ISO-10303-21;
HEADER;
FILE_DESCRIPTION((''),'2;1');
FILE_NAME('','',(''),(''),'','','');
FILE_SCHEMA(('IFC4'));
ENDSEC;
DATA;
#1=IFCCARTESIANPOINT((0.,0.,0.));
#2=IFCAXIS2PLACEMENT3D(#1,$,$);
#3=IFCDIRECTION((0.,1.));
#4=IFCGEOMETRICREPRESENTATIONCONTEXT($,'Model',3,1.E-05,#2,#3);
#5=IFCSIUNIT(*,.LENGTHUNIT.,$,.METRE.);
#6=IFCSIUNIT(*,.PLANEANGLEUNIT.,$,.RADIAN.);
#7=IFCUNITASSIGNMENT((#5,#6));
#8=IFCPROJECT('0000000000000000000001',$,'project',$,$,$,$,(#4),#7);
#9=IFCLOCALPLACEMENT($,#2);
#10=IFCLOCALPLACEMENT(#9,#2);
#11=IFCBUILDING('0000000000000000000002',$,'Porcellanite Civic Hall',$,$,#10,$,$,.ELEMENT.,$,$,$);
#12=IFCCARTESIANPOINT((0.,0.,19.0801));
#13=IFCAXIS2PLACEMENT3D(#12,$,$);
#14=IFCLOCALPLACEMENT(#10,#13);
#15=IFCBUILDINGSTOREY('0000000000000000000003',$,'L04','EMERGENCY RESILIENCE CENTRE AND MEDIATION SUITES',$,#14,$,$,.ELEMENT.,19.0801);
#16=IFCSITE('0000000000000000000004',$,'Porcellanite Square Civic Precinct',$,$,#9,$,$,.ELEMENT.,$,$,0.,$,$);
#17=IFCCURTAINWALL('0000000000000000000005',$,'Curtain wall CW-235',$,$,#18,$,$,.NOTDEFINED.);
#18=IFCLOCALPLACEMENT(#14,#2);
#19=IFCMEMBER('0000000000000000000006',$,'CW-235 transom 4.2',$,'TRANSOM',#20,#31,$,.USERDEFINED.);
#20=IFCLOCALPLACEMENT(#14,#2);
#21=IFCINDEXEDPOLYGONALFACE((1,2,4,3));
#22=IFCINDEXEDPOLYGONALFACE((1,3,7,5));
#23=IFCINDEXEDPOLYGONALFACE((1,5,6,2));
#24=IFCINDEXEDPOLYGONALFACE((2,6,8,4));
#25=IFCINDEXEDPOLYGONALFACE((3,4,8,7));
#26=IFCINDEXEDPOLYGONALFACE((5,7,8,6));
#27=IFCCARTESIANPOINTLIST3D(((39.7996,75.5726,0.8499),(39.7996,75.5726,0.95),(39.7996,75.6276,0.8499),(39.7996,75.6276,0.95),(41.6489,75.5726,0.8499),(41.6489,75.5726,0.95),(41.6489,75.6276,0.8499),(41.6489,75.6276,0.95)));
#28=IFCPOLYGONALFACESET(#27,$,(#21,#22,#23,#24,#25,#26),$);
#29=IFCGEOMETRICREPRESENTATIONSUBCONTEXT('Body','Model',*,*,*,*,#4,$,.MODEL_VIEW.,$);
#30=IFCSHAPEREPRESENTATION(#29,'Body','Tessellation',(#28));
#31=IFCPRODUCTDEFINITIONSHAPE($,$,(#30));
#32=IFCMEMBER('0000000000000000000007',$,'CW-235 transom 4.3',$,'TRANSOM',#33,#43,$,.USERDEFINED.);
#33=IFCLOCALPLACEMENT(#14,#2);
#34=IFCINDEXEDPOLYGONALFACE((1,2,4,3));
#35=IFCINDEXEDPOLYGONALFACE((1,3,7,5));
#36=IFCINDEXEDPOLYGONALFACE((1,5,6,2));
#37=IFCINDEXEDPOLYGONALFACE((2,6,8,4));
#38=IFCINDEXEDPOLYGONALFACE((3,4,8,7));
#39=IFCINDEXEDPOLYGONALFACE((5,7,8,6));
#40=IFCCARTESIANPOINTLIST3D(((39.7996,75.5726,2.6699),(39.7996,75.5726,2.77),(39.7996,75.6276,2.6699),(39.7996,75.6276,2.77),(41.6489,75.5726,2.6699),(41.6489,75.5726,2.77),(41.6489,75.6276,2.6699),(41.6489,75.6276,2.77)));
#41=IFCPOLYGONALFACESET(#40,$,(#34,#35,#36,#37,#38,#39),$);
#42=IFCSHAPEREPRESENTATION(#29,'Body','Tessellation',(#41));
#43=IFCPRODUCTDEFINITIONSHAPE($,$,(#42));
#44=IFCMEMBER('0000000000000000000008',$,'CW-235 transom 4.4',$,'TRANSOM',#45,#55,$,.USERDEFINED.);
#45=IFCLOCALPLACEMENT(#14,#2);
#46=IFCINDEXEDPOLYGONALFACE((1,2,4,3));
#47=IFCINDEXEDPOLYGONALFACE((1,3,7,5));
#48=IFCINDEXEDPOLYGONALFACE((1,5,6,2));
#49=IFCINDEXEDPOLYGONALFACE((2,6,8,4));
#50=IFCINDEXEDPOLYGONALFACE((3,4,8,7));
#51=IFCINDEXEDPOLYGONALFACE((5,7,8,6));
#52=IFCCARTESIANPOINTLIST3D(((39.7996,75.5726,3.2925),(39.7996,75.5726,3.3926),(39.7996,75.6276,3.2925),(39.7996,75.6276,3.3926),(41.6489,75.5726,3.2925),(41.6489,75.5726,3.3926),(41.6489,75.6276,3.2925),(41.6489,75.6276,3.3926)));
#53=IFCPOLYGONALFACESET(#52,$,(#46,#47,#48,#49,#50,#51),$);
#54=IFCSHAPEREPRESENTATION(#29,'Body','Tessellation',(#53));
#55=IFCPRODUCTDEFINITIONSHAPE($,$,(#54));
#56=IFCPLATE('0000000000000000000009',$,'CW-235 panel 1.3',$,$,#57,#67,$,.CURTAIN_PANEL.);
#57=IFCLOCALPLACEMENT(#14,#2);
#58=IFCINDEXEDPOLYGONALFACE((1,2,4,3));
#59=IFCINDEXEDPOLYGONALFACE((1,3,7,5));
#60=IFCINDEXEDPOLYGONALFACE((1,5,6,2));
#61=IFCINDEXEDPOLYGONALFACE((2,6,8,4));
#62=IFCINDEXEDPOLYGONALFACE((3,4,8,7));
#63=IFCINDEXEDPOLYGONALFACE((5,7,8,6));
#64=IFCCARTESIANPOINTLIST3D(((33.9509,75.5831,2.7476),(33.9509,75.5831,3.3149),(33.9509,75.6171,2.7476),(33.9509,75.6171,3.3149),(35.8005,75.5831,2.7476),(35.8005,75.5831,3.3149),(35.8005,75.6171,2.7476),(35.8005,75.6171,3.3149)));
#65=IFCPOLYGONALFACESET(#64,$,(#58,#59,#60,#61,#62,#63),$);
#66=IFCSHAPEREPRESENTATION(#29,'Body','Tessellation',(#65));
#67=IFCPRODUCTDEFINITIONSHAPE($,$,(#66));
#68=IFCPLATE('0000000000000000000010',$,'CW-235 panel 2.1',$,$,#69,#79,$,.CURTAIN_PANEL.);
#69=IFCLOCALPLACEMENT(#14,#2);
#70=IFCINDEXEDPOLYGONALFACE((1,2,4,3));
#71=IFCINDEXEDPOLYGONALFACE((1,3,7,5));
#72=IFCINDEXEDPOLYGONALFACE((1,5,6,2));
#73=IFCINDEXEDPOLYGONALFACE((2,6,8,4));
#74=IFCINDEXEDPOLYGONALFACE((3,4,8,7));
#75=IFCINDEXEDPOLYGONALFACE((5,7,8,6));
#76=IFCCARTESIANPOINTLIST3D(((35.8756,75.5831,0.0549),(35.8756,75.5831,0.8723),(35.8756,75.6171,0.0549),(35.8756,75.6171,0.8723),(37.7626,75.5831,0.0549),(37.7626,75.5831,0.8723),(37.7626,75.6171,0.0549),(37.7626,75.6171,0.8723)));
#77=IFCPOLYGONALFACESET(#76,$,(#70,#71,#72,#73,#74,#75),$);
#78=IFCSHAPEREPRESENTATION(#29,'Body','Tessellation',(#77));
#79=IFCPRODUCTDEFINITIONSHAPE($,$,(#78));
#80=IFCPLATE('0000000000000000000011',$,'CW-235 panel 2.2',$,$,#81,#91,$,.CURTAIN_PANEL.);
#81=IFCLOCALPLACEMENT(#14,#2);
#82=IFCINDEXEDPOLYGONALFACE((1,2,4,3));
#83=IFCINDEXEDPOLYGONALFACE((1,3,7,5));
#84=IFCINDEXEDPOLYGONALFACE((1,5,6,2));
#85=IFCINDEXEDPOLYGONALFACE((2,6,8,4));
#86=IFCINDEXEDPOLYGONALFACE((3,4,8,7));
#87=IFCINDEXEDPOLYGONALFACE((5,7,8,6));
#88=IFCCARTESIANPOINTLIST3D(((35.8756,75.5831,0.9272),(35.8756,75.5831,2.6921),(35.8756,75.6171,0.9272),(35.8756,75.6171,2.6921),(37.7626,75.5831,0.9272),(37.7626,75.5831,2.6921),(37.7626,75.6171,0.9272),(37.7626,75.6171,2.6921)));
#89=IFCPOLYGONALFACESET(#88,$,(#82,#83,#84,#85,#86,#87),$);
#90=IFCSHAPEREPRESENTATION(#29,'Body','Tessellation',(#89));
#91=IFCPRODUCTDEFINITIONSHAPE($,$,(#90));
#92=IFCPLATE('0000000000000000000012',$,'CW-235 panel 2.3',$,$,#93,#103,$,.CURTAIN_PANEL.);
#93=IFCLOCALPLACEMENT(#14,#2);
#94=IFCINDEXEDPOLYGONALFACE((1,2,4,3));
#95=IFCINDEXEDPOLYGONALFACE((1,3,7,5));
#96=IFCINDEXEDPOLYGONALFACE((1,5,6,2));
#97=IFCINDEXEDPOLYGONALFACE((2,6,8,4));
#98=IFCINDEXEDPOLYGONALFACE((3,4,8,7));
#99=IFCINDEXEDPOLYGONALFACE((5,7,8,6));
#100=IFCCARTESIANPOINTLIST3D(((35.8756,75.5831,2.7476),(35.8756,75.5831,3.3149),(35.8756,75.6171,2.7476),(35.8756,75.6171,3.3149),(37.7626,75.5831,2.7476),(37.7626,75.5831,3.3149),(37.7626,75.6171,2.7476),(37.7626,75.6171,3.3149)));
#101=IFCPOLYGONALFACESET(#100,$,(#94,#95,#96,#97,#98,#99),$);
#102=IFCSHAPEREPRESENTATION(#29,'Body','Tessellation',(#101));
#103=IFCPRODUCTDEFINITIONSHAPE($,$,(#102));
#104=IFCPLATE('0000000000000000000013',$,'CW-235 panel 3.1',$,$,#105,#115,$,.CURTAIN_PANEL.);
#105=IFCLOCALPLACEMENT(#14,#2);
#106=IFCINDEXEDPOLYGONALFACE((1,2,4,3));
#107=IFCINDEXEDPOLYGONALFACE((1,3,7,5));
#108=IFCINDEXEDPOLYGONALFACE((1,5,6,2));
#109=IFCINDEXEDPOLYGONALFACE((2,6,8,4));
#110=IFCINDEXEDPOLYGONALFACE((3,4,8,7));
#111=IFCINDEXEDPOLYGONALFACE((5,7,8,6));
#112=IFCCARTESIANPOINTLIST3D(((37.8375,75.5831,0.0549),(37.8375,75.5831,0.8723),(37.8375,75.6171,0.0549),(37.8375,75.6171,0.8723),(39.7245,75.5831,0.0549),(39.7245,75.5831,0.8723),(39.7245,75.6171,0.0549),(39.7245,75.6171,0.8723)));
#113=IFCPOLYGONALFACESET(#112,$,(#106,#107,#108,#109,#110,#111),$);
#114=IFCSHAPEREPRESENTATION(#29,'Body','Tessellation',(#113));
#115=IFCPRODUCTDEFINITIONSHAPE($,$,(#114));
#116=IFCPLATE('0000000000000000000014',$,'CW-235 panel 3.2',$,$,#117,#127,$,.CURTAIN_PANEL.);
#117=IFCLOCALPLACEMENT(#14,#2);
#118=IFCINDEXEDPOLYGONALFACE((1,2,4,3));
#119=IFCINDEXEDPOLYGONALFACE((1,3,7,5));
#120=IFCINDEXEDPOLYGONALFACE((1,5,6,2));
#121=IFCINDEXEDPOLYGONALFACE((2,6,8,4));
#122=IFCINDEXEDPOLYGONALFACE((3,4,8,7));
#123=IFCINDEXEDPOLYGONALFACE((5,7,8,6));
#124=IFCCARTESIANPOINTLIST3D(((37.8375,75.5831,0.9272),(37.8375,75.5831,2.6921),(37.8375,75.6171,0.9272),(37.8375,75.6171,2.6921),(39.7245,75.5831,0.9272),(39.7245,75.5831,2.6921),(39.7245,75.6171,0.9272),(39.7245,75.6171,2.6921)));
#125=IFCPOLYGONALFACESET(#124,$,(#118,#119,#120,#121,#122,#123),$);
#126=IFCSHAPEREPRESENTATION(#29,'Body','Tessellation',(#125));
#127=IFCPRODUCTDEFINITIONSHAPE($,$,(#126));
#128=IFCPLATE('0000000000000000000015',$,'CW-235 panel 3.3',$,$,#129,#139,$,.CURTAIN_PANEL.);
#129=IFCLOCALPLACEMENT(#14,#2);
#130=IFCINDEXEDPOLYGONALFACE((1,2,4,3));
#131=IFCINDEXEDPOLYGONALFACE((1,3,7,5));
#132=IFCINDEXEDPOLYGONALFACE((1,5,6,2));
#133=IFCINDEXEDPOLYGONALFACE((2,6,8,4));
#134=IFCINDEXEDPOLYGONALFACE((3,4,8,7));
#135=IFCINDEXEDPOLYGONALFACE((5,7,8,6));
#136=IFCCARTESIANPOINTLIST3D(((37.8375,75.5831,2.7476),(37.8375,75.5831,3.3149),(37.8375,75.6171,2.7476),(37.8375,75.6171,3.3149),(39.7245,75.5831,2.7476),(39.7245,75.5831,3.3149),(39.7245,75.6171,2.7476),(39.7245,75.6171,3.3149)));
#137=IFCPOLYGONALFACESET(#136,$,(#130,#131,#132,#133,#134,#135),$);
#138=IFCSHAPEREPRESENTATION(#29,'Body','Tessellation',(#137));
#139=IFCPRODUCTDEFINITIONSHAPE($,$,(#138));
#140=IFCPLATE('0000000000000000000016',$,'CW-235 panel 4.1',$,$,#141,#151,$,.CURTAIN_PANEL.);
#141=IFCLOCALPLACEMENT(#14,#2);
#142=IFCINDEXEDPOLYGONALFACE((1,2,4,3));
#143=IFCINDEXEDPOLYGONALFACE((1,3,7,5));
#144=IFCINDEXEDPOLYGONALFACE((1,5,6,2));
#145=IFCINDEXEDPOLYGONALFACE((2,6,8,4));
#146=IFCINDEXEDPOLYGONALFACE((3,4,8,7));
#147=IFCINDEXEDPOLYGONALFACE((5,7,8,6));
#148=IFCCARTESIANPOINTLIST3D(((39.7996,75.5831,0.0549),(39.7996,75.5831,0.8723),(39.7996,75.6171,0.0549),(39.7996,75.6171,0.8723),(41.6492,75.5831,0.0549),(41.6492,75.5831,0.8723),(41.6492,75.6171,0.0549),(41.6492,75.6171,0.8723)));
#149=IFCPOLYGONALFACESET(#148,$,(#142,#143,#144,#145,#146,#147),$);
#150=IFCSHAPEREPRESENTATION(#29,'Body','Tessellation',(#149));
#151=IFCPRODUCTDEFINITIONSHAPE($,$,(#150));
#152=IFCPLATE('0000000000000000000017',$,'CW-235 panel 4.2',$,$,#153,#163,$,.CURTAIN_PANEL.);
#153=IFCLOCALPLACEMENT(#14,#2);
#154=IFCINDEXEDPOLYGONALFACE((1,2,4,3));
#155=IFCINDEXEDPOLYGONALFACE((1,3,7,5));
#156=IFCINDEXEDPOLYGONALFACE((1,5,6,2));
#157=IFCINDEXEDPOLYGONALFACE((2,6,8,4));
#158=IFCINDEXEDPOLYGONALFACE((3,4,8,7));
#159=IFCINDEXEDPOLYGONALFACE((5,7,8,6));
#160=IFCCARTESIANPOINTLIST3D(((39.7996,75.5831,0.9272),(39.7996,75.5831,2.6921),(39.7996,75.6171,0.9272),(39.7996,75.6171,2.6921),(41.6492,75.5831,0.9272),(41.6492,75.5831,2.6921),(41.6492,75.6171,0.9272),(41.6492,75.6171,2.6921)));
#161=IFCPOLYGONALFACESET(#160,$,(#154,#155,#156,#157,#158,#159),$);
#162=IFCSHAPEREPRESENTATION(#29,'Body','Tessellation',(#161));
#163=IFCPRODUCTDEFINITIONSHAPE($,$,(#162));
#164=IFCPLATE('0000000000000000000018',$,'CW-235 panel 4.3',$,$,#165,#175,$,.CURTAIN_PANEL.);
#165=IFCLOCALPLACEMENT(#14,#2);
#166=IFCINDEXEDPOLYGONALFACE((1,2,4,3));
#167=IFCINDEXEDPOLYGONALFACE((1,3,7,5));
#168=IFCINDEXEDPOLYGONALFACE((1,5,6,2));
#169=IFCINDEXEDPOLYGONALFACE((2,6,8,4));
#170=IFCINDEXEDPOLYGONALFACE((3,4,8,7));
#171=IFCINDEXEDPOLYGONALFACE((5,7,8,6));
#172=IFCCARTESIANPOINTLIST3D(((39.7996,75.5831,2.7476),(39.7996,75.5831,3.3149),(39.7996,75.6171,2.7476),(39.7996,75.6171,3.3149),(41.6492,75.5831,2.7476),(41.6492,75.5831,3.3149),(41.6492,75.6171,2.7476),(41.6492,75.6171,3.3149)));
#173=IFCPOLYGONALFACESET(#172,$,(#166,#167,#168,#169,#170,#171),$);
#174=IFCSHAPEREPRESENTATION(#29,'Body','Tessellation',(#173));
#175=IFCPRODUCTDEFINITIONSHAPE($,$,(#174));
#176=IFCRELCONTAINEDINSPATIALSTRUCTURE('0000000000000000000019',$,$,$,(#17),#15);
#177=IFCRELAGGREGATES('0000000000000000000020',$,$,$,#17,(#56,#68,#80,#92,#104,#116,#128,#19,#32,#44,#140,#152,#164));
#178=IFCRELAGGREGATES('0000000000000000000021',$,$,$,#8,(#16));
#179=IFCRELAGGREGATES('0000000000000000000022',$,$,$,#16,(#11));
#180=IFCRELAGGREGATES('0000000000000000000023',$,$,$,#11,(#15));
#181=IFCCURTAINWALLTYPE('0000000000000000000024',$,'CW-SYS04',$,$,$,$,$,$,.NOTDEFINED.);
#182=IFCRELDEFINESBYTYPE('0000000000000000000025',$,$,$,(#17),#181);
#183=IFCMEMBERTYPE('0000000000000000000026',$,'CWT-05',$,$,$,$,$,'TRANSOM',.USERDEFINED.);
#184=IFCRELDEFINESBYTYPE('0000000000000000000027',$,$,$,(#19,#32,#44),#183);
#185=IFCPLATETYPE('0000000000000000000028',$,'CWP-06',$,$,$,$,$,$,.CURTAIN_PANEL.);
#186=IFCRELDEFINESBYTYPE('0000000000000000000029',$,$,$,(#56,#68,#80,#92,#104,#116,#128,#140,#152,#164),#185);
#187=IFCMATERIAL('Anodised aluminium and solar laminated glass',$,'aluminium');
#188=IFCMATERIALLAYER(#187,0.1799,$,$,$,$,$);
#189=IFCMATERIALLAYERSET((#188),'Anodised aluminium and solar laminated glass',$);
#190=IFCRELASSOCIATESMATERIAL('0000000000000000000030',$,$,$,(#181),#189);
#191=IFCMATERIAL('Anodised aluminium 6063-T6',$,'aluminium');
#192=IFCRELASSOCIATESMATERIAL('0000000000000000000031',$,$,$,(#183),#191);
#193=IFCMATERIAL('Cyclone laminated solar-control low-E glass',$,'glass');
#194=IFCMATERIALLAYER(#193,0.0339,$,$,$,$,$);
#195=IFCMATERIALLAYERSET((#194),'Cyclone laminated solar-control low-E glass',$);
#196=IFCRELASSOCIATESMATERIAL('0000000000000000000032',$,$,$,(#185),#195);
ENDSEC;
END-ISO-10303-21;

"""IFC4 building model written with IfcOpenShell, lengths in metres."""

from ifc_helpers import new_model, si_unit, direction, frame, origin, origin_2d, place, context, subcontext, project, spatial, rectangle, extrude, material, layer, layer_set, material_profile, profile_set, type_object, element, aggregate, save


model = new_model("IFC4")

# Units and contexts
model_context = context("Model", 3, precision=1e-05, world=origin(), true_north=direction((0.0, 1.0)))
body_context = subcontext(model_context, "Body", "Model", "MODEL_VIEW")
ifc_project = project(units=[si_unit("LENGTHUNIT", "METRE"), si_unit("PLANEANGLEUNIT", "RADIAN")], contexts=[model_context])

# Site, building, storey
site_placement = place(None, origin())
site = spatial("IfcSite", under=ifc_project, at=site_placement, Name="Porcellanite Square Civic Precinct", CompositionType="ELEMENT", RefElevation=0.0)
building_placement = place(site_placement, origin())
building = spatial("IfcBuilding", under=site, at=building_placement, Name="Porcellanite Civic Hall", CompositionType="ELEMENT")
storey_placement = place(building_placement, frame((0.0, 0.0, 19.0801)))
storey = spatial("IfcBuildingStorey", under=building, at=storey_placement, Name="L04", Description="EMERGENCY RESILIENCE CENTRE AND MEDIATION SUITES", CompositionType="ELEMENT", Elevation=19.0801)

# Curtain wall, members, plates
ifc_material_1 = material(Name="Anodised aluminium and solar laminated glass", Category="aluminium")
ifc_layer_1 = layer(ifc_material_1, 0.1799)
ifc_layer_set_1 = layer_set([ifc_layer_1], Name="Anodised aluminium and solar laminated glass")
curtain_wall_type = type_object("IfcCurtainWallType", Name="CW-SYS04", PredefinedType="NOTDEFINED", material=ifc_layer_set_1)
curtain_wall_placement = place(storey_placement, origin())
curtain_wall = element("IfcCurtainWall", 1, at=curtain_wall_placement, inside=storey, type_object=curtain_wall_type, Name="Curtain wall CW-235", PredefinedType="NOTDEFINED")
ifc_material_2 = material(Name="Anodised aluminium 6063-T6", Category="aluminium")
ifc_material_profile_1 = material_profile(ifc_material_2, rectangle(XDim=0.0549, YDim=0.1001, at=origin_2d()), Name="AL-55x100")
ifc_profile_set_1 = profile_set([ifc_material_profile_1], Name="Anodised aluminium 6063-T6")
member_type_1 = type_object("IfcMemberType", Name="CWT-05", ElementType="TRANSOM", PredefinedType="USERDEFINED", material=ifc_profile_set_1)
member_1_placement = place(storey_placement, frame((39.7996, 75.6001, 0.8999), z_axis=(1.0, 0.0, 0.0), x_axis=(0.0, 1.0, 0.0)))
member_1 = element("IfcMember", 2, at=member_1_placement, type_object=member_type_1, Name="CW-235 transom 4.2", ObjectType="TRANSOM", PredefinedType="USERDEFINED", context=body_context, shape_type="SweptSolid", body=[
    extrude(rectangle(XDim=0.0549, YDim=0.1001, at=origin_2d()), origin(), (0.0, 0.0, 1.0), 1.8494),
])
member_2_placement = place(storey_placement, frame((39.7996, 75.6001, 2.72), z_axis=(1.0, 0.0, 0.0), x_axis=(0.0, 1.0, 0.0)))
member_2 = element("IfcMember", 3, at=member_2_placement, type_object=member_type_1, Name="CW-235 transom 4.3", ObjectType="TRANSOM", PredefinedType="USERDEFINED", context=body_context, shape_type="SweptSolid", body=[
    extrude(rectangle(XDim=0.0549, YDim=0.1001, at=origin_2d()), origin(), (0.0, 0.0, 1.0), 1.8494),
])
member_3_placement = place(storey_placement, frame((39.7996, 75.6001, 3.3425), z_axis=(1.0, 0.0, 0.0), x_axis=(0.0, 1.0, 0.0)))
member_3 = element("IfcMember", 4, at=member_3_placement, type_object=member_type_1, Name="CW-235 transom 4.4", ObjectType="TRANSOM", PredefinedType="USERDEFINED", context=body_context, shape_type="SweptSolid", body=[
    extrude(rectangle(XDim=0.0549, YDim=0.1001, at=origin_2d()), origin(), (0.0, 0.0, 1.0), 1.8494),
])
ifc_material_3 = material(Name="Cyclone laminated solar-control low-E glass", Category="glass")
ifc_layer_2 = layer(ifc_material_3, 0.0339)
ifc_layer_set_2 = layer_set([ifc_layer_2], Name="Cyclone laminated solar-control low-E glass")
plate_type = type_object("IfcPlateType", Name="CWP-06", PredefinedType="CURTAIN_PANEL", material=ifc_layer_set_2)
plate_1_placement = place(storey_placement, frame((34.8757, 75.6001, 2.7476), z_axis=(0.0, 0.0, 1.0), x_axis=(1.0, 0.0, 0.0)))
plate_1 = element("IfcPlate", 5, at=plate_1_placement, type_object=plate_type, Name="CW-235 panel 1.3", PredefinedType="CURTAIN_PANEL", context=body_context, shape_type="SweptSolid", body=[
    extrude(rectangle(XDim=1.8496, YDim=0.0339, at=origin_2d()), origin(), (0.0, 0.0, 1.0), 0.5674),
])
plate_2_placement = place(storey_placement, frame((36.8191, 75.6001, 0.0549), z_axis=(0.0, 0.0, 1.0), x_axis=(1.0, 0.0, 0.0)))
plate_2 = element("IfcPlate", 6, at=plate_2_placement, type_object=plate_type, Name="CW-235 panel 2.1", PredefinedType="CURTAIN_PANEL", context=body_context, shape_type="SweptSolid", body=[
    extrude(rectangle(XDim=1.887, YDim=0.0339, at=origin_2d()), origin(), (0.0, 0.0, 1.0), 0.8174),
])
plate_3_placement = place(storey_placement, frame((36.8191, 75.6001, 0.9272), z_axis=(0.0, 0.0, 1.0), x_axis=(1.0, 0.0, 0.0)))
plate_3 = element("IfcPlate", 7, at=plate_3_placement, type_object=plate_type, Name="CW-235 panel 2.2", PredefinedType="CURTAIN_PANEL", context=body_context, shape_type="SweptSolid", body=[
    extrude(rectangle(XDim=1.887, YDim=0.0339, at=origin_2d()), origin(), (0.0, 0.0, 1.0), 1.7649),
])
plate_4_placement = place(storey_placement, frame((36.8191, 75.6001, 2.7476), z_axis=(0.0, 0.0, 1.0), x_axis=(1.0, 0.0, 0.0)))
plate_4 = element("IfcPlate", 8, at=plate_4_placement, type_object=plate_type, Name="CW-235 panel 2.3", PredefinedType="CURTAIN_PANEL", context=body_context, shape_type="SweptSolid", body=[
    extrude(rectangle(XDim=1.887, YDim=0.0339, at=origin_2d()), origin(), (0.0, 0.0, 1.0), 0.5674),
])
plate_5_placement = place(storey_placement, frame((38.781, 75.6001, 0.0549), z_axis=(0.0, 0.0, 1.0), x_axis=(1.0, 0.0, 0.0)))
plate_5 = element("IfcPlate", 9, at=plate_5_placement, type_object=plate_type, Name="CW-235 panel 3.1", PredefinedType="CURTAIN_PANEL", context=body_context, shape_type="SweptSolid", body=[
    extrude(rectangle(XDim=1.887, YDim=0.0339, at=origin_2d()), origin(), (0.0, 0.0, 1.0), 0.8174),
])
plate_6_placement = place(storey_placement, frame((38.781, 75.6001, 0.9272), z_axis=(0.0, 0.0, 1.0), x_axis=(1.0, 0.0, 0.0)))
plate_6 = element("IfcPlate", 10, at=plate_6_placement, type_object=plate_type, Name="CW-235 panel 3.2", PredefinedType="CURTAIN_PANEL", context=body_context, shape_type="SweptSolid", body=[
    extrude(rectangle(XDim=1.887, YDim=0.0339, at=origin_2d()), origin(), (0.0, 0.0, 1.0), 1.7649),
])
plate_7_placement = place(storey_placement, frame((38.781, 75.6001, 2.7476), z_axis=(0.0, 0.0, 1.0), x_axis=(1.0, 0.0, 0.0)))
plate_7 = element("IfcPlate", 11, at=plate_7_placement, type_object=plate_type, Name="CW-235 panel 3.3", PredefinedType="CURTAIN_PANEL", context=body_context, shape_type="SweptSolid", body=[
    extrude(rectangle(XDim=1.887, YDim=0.0339, at=origin_2d()), origin(), (0.0, 0.0, 1.0), 0.5674),
])
plate_8_placement = place(storey_placement, frame((40.7244, 75.6001, 0.0549), z_axis=(0.0, 0.0, 1.0), x_axis=(1.0, 0.0, 0.0)))
plate_8 = element("IfcPlate", 12, at=plate_8_placement, type_object=plate_type, Name="CW-235 panel 4.1", PredefinedType="CURTAIN_PANEL", context=body_context, shape_type="SweptSolid", body=[
    extrude(rectangle(XDim=1.8496, YDim=0.0339, at=origin_2d()), origin(), (0.0, 0.0, 1.0), 0.8174),
])
plate_9_placement = place(storey_placement, frame((40.7244, 75.6001, 0.9272), z_axis=(0.0, 0.0, 1.0), x_axis=(1.0, 0.0, 0.0)))
plate_9 = element("IfcPlate", 13, at=plate_9_placement, type_object=plate_type, Name="CW-235 panel 4.2", PredefinedType="CURTAIN_PANEL", context=body_context, shape_type="SweptSolid", body=[
    extrude(rectangle(XDim=1.8496, YDim=0.0339, at=origin_2d()), origin(), (0.0, 0.0, 1.0), 1.7649),
])
plate_10_placement = place(storey_placement, frame((40.7244, 75.6001, 2.7476), z_axis=(0.0, 0.0, 1.0), x_axis=(1.0, 0.0, 0.0)))
plate_10 = element("IfcPlate", 14, at=plate_10_placement, type_object=plate_type, Name="CW-235 panel 4.3", PredefinedType="CURTAIN_PANEL", context=body_context, shape_type="SweptSolid", body=[
    extrude(rectangle(XDim=1.8496, YDim=0.0339, at=origin_2d()), origin(), (0.0, 0.0, 1.0), 0.5674),
])
aggregate(curtain_wall, [plate_1, plate_2, plate_3, plate_4, plate_5, plate_6, plate_7, member_1, member_2, member_3, plate_8, plate_9, plate_10])

save(model, "model.ifc")
